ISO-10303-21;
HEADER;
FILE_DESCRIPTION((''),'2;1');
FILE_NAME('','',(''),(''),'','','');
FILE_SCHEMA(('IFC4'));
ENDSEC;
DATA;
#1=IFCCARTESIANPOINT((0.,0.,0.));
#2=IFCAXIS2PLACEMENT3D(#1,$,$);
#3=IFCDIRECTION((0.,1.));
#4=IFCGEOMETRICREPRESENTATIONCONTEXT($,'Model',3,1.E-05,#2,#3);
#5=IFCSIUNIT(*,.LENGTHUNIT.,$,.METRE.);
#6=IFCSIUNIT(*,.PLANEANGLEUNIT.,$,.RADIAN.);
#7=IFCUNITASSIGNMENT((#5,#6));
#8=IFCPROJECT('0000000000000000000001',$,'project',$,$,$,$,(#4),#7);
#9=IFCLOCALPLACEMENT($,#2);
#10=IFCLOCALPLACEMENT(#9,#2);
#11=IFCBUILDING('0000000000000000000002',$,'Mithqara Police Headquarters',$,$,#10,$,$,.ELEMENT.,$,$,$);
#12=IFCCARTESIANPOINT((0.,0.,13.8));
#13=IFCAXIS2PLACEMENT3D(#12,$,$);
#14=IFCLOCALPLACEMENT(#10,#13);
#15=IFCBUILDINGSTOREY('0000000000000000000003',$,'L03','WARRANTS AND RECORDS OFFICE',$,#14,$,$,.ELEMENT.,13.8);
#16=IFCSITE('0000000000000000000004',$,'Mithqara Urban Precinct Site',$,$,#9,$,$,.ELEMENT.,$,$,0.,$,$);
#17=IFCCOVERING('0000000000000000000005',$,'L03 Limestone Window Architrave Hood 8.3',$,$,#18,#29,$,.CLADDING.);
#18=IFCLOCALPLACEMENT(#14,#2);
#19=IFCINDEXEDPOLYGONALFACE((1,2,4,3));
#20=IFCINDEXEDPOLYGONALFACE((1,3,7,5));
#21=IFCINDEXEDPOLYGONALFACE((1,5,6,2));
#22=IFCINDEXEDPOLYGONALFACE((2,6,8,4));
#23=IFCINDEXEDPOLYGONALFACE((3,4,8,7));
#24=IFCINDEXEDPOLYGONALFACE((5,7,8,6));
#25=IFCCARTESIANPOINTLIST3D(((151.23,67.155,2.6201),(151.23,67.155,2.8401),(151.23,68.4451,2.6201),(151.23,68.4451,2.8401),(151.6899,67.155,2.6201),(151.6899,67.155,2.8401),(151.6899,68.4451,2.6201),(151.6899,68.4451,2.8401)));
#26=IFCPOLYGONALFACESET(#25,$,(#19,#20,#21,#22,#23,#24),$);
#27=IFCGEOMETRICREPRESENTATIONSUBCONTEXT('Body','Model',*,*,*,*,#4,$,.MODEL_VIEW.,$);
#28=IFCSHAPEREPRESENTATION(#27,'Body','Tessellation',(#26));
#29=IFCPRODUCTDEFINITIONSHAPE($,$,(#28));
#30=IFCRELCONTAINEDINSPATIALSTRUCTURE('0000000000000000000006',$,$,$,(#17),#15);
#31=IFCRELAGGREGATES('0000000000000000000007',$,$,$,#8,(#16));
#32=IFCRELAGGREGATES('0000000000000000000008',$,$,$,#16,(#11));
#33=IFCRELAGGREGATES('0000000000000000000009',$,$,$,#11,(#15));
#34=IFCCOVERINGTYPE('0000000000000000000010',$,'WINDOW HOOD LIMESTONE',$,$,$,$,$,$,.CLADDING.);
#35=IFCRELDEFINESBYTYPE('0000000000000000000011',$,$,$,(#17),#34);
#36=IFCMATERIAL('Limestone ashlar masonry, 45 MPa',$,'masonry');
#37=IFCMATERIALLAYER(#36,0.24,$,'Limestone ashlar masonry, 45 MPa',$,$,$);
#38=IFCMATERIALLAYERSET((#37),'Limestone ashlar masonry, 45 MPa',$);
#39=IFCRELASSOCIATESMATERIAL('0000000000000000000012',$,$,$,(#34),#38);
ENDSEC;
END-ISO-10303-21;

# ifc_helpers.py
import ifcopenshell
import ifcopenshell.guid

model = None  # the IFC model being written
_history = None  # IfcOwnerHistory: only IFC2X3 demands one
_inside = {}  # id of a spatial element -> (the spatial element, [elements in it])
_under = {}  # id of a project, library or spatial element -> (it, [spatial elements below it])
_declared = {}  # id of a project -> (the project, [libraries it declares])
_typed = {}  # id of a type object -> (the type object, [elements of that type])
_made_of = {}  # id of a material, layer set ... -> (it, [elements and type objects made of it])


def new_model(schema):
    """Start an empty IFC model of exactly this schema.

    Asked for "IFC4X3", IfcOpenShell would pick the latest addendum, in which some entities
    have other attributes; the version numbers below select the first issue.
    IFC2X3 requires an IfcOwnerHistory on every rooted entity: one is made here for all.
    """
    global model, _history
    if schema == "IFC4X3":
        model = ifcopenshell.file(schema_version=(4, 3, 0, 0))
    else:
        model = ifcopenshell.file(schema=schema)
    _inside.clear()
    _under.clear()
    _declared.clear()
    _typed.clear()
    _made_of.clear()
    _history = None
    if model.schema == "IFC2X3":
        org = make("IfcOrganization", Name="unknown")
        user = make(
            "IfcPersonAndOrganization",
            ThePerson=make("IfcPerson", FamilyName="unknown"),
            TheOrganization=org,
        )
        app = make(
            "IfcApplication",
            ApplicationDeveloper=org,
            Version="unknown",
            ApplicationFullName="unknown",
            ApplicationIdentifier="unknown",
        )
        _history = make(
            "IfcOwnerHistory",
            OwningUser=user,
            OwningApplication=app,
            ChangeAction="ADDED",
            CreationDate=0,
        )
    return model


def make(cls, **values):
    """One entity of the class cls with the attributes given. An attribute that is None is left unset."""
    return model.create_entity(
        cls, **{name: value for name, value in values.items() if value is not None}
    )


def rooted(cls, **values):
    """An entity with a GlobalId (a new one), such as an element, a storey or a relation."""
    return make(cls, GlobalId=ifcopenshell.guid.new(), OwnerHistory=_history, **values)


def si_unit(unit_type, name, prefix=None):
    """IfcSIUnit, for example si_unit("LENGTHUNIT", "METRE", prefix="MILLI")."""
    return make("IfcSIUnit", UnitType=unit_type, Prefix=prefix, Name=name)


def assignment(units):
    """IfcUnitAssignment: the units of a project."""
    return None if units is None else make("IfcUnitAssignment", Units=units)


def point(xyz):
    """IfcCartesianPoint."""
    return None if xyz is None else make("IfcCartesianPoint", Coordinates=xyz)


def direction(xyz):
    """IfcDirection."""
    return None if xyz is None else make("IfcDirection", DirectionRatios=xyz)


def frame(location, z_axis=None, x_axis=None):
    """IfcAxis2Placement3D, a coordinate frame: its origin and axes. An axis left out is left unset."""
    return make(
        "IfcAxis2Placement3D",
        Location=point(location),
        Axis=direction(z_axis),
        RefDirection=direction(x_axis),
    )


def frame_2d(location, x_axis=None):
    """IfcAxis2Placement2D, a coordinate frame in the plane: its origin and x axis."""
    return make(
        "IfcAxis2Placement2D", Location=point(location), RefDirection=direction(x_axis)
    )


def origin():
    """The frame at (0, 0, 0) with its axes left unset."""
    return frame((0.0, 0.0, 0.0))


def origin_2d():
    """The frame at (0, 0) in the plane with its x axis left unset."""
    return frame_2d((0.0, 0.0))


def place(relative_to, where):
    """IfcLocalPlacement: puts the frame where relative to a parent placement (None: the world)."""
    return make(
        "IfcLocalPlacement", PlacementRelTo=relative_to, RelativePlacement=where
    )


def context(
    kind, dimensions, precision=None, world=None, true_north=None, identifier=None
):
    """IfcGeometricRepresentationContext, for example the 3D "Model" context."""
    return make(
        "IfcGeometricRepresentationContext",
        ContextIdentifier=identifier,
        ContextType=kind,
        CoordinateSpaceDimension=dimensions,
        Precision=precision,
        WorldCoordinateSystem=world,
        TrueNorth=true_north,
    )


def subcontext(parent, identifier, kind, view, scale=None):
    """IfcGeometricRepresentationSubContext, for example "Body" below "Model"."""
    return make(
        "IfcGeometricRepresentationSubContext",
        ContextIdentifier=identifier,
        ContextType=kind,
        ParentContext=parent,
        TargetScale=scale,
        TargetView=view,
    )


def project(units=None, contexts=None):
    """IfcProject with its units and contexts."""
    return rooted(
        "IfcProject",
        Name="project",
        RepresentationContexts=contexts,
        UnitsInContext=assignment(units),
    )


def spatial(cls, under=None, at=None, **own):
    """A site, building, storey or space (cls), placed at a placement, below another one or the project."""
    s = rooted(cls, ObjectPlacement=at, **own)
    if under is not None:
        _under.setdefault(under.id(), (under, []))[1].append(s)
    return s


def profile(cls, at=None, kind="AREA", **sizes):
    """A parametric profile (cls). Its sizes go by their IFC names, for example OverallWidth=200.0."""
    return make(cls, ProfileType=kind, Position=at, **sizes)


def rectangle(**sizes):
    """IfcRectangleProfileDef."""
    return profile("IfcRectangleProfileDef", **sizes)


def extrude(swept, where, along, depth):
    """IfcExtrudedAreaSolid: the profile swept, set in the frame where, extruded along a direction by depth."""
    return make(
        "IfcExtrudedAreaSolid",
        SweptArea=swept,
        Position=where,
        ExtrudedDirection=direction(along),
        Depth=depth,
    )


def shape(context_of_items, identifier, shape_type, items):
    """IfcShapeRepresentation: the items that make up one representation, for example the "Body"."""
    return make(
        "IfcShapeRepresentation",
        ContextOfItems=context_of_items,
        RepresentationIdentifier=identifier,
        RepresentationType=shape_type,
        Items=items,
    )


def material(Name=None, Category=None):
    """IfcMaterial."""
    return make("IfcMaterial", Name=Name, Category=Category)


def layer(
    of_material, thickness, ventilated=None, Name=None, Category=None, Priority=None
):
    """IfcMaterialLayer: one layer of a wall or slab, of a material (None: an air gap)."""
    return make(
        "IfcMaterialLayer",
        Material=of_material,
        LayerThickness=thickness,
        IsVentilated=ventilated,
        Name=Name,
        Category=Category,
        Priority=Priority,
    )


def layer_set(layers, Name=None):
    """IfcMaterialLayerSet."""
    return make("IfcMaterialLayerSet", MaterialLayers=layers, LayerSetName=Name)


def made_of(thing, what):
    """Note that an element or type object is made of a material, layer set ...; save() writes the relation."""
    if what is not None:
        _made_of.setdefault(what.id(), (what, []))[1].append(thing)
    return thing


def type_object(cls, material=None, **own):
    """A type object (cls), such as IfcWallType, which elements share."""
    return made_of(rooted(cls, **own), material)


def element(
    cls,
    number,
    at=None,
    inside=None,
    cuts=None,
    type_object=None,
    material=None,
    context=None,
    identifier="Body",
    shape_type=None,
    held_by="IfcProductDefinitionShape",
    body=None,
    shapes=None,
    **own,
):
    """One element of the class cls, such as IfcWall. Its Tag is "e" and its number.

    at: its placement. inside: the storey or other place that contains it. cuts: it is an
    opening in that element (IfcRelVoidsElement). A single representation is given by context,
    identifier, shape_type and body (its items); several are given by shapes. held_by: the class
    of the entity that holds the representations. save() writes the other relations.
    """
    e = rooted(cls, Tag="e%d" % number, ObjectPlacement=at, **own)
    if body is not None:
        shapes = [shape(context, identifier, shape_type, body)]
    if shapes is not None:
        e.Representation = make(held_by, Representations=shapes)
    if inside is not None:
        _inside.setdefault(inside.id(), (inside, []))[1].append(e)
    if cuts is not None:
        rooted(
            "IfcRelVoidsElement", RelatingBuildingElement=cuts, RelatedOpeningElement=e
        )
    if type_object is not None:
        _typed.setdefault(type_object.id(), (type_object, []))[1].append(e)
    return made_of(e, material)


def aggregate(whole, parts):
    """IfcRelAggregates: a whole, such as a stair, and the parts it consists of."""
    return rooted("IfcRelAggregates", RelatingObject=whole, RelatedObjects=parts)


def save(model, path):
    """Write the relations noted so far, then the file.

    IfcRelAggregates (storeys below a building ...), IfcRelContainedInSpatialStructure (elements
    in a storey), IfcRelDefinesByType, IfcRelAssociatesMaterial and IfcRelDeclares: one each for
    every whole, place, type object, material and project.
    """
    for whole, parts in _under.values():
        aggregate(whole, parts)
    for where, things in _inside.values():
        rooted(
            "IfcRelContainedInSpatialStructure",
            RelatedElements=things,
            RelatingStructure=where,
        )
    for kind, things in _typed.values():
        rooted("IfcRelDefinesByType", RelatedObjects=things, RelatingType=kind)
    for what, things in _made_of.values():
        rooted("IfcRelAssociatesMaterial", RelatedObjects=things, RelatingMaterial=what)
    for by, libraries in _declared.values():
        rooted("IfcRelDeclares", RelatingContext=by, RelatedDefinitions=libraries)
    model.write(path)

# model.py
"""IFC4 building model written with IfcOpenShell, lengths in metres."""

from ifc_helpers import new_model, si_unit, direction, frame, origin, origin_2d, place, context, subcontext, project, spatial, rectangle, extrude, material, layer, layer_set, type_object, element, save


model = new_model("IFC4")

# Units and contexts
model_context = context("Model", 3, precision=1e-05, world=origin(), true_north=direction((0.0, 1.0)))
body_context = subcontext(model_context, "Body", "Model", "MODEL_VIEW")
ifc_project = project(units=[si_unit("LENGTHUNIT", "METRE"), si_unit("PLANEANGLEUNIT", "RADIAN")], contexts=[model_context])

# Site, building, storey
site_placement = place(None, origin())
site = spatial("IfcSite", under=ifc_project, at=site_placement, Name="Mithqara Urban Precinct Site", CompositionType="ELEMENT", RefElevation=0.0)
building_placement = place(site_placement, origin())
building = spatial("IfcBuilding", under=site, at=building_placement, Name="Mithqara Police Headquarters", CompositionType="ELEMENT")
storey_placement = place(building_placement, frame((0.0, 0.0, 13.8)))
storey = spatial("IfcBuildingStorey", under=building, at=storey_placement, Name="L03", Description="WARRANTS AND RECORDS OFFICE", CompositionType="ELEMENT", Elevation=13.8)

# Shared definitions
ifc_material_1 = material(Name="Limestone ashlar masonry, 45 MPa", Category="masonry")

# Covering
ifc_layer_1 = layer(ifc_material_1, 0.24, Name="Limestone ashlar masonry, 45 MPa")
ifc_layer_set_1 = layer_set([ifc_layer_1], Name="Limestone ashlar masonry, 45 MPa")
covering_type = type_object("IfcCoveringType", Name="WINDOW HOOD LIMESTONE", PredefinedType="CLADDING", material=ifc_layer_set_1)
covering_placement = place(storey_placement, frame((151.46, 67.8, 2.6201), z_axis=(0.0, 0.0, 1.0), x_axis=(0.0, 1.0, 0.0)))
element("IfcCovering", 1, at=covering_placement, inside=storey, type_object=covering_type, Name="L03 Limestone Window Architrave Hood 8.3", PredefinedType="CLADDING", context=body_context, shape_type="SweptSolid", body=[
    extrude(rectangle(XDim=1.29, YDim=0.46, at=origin_2d()), origin(), (0.0, 0.0, 1.0), 0.22),
])

save(model, "model.ifc")
